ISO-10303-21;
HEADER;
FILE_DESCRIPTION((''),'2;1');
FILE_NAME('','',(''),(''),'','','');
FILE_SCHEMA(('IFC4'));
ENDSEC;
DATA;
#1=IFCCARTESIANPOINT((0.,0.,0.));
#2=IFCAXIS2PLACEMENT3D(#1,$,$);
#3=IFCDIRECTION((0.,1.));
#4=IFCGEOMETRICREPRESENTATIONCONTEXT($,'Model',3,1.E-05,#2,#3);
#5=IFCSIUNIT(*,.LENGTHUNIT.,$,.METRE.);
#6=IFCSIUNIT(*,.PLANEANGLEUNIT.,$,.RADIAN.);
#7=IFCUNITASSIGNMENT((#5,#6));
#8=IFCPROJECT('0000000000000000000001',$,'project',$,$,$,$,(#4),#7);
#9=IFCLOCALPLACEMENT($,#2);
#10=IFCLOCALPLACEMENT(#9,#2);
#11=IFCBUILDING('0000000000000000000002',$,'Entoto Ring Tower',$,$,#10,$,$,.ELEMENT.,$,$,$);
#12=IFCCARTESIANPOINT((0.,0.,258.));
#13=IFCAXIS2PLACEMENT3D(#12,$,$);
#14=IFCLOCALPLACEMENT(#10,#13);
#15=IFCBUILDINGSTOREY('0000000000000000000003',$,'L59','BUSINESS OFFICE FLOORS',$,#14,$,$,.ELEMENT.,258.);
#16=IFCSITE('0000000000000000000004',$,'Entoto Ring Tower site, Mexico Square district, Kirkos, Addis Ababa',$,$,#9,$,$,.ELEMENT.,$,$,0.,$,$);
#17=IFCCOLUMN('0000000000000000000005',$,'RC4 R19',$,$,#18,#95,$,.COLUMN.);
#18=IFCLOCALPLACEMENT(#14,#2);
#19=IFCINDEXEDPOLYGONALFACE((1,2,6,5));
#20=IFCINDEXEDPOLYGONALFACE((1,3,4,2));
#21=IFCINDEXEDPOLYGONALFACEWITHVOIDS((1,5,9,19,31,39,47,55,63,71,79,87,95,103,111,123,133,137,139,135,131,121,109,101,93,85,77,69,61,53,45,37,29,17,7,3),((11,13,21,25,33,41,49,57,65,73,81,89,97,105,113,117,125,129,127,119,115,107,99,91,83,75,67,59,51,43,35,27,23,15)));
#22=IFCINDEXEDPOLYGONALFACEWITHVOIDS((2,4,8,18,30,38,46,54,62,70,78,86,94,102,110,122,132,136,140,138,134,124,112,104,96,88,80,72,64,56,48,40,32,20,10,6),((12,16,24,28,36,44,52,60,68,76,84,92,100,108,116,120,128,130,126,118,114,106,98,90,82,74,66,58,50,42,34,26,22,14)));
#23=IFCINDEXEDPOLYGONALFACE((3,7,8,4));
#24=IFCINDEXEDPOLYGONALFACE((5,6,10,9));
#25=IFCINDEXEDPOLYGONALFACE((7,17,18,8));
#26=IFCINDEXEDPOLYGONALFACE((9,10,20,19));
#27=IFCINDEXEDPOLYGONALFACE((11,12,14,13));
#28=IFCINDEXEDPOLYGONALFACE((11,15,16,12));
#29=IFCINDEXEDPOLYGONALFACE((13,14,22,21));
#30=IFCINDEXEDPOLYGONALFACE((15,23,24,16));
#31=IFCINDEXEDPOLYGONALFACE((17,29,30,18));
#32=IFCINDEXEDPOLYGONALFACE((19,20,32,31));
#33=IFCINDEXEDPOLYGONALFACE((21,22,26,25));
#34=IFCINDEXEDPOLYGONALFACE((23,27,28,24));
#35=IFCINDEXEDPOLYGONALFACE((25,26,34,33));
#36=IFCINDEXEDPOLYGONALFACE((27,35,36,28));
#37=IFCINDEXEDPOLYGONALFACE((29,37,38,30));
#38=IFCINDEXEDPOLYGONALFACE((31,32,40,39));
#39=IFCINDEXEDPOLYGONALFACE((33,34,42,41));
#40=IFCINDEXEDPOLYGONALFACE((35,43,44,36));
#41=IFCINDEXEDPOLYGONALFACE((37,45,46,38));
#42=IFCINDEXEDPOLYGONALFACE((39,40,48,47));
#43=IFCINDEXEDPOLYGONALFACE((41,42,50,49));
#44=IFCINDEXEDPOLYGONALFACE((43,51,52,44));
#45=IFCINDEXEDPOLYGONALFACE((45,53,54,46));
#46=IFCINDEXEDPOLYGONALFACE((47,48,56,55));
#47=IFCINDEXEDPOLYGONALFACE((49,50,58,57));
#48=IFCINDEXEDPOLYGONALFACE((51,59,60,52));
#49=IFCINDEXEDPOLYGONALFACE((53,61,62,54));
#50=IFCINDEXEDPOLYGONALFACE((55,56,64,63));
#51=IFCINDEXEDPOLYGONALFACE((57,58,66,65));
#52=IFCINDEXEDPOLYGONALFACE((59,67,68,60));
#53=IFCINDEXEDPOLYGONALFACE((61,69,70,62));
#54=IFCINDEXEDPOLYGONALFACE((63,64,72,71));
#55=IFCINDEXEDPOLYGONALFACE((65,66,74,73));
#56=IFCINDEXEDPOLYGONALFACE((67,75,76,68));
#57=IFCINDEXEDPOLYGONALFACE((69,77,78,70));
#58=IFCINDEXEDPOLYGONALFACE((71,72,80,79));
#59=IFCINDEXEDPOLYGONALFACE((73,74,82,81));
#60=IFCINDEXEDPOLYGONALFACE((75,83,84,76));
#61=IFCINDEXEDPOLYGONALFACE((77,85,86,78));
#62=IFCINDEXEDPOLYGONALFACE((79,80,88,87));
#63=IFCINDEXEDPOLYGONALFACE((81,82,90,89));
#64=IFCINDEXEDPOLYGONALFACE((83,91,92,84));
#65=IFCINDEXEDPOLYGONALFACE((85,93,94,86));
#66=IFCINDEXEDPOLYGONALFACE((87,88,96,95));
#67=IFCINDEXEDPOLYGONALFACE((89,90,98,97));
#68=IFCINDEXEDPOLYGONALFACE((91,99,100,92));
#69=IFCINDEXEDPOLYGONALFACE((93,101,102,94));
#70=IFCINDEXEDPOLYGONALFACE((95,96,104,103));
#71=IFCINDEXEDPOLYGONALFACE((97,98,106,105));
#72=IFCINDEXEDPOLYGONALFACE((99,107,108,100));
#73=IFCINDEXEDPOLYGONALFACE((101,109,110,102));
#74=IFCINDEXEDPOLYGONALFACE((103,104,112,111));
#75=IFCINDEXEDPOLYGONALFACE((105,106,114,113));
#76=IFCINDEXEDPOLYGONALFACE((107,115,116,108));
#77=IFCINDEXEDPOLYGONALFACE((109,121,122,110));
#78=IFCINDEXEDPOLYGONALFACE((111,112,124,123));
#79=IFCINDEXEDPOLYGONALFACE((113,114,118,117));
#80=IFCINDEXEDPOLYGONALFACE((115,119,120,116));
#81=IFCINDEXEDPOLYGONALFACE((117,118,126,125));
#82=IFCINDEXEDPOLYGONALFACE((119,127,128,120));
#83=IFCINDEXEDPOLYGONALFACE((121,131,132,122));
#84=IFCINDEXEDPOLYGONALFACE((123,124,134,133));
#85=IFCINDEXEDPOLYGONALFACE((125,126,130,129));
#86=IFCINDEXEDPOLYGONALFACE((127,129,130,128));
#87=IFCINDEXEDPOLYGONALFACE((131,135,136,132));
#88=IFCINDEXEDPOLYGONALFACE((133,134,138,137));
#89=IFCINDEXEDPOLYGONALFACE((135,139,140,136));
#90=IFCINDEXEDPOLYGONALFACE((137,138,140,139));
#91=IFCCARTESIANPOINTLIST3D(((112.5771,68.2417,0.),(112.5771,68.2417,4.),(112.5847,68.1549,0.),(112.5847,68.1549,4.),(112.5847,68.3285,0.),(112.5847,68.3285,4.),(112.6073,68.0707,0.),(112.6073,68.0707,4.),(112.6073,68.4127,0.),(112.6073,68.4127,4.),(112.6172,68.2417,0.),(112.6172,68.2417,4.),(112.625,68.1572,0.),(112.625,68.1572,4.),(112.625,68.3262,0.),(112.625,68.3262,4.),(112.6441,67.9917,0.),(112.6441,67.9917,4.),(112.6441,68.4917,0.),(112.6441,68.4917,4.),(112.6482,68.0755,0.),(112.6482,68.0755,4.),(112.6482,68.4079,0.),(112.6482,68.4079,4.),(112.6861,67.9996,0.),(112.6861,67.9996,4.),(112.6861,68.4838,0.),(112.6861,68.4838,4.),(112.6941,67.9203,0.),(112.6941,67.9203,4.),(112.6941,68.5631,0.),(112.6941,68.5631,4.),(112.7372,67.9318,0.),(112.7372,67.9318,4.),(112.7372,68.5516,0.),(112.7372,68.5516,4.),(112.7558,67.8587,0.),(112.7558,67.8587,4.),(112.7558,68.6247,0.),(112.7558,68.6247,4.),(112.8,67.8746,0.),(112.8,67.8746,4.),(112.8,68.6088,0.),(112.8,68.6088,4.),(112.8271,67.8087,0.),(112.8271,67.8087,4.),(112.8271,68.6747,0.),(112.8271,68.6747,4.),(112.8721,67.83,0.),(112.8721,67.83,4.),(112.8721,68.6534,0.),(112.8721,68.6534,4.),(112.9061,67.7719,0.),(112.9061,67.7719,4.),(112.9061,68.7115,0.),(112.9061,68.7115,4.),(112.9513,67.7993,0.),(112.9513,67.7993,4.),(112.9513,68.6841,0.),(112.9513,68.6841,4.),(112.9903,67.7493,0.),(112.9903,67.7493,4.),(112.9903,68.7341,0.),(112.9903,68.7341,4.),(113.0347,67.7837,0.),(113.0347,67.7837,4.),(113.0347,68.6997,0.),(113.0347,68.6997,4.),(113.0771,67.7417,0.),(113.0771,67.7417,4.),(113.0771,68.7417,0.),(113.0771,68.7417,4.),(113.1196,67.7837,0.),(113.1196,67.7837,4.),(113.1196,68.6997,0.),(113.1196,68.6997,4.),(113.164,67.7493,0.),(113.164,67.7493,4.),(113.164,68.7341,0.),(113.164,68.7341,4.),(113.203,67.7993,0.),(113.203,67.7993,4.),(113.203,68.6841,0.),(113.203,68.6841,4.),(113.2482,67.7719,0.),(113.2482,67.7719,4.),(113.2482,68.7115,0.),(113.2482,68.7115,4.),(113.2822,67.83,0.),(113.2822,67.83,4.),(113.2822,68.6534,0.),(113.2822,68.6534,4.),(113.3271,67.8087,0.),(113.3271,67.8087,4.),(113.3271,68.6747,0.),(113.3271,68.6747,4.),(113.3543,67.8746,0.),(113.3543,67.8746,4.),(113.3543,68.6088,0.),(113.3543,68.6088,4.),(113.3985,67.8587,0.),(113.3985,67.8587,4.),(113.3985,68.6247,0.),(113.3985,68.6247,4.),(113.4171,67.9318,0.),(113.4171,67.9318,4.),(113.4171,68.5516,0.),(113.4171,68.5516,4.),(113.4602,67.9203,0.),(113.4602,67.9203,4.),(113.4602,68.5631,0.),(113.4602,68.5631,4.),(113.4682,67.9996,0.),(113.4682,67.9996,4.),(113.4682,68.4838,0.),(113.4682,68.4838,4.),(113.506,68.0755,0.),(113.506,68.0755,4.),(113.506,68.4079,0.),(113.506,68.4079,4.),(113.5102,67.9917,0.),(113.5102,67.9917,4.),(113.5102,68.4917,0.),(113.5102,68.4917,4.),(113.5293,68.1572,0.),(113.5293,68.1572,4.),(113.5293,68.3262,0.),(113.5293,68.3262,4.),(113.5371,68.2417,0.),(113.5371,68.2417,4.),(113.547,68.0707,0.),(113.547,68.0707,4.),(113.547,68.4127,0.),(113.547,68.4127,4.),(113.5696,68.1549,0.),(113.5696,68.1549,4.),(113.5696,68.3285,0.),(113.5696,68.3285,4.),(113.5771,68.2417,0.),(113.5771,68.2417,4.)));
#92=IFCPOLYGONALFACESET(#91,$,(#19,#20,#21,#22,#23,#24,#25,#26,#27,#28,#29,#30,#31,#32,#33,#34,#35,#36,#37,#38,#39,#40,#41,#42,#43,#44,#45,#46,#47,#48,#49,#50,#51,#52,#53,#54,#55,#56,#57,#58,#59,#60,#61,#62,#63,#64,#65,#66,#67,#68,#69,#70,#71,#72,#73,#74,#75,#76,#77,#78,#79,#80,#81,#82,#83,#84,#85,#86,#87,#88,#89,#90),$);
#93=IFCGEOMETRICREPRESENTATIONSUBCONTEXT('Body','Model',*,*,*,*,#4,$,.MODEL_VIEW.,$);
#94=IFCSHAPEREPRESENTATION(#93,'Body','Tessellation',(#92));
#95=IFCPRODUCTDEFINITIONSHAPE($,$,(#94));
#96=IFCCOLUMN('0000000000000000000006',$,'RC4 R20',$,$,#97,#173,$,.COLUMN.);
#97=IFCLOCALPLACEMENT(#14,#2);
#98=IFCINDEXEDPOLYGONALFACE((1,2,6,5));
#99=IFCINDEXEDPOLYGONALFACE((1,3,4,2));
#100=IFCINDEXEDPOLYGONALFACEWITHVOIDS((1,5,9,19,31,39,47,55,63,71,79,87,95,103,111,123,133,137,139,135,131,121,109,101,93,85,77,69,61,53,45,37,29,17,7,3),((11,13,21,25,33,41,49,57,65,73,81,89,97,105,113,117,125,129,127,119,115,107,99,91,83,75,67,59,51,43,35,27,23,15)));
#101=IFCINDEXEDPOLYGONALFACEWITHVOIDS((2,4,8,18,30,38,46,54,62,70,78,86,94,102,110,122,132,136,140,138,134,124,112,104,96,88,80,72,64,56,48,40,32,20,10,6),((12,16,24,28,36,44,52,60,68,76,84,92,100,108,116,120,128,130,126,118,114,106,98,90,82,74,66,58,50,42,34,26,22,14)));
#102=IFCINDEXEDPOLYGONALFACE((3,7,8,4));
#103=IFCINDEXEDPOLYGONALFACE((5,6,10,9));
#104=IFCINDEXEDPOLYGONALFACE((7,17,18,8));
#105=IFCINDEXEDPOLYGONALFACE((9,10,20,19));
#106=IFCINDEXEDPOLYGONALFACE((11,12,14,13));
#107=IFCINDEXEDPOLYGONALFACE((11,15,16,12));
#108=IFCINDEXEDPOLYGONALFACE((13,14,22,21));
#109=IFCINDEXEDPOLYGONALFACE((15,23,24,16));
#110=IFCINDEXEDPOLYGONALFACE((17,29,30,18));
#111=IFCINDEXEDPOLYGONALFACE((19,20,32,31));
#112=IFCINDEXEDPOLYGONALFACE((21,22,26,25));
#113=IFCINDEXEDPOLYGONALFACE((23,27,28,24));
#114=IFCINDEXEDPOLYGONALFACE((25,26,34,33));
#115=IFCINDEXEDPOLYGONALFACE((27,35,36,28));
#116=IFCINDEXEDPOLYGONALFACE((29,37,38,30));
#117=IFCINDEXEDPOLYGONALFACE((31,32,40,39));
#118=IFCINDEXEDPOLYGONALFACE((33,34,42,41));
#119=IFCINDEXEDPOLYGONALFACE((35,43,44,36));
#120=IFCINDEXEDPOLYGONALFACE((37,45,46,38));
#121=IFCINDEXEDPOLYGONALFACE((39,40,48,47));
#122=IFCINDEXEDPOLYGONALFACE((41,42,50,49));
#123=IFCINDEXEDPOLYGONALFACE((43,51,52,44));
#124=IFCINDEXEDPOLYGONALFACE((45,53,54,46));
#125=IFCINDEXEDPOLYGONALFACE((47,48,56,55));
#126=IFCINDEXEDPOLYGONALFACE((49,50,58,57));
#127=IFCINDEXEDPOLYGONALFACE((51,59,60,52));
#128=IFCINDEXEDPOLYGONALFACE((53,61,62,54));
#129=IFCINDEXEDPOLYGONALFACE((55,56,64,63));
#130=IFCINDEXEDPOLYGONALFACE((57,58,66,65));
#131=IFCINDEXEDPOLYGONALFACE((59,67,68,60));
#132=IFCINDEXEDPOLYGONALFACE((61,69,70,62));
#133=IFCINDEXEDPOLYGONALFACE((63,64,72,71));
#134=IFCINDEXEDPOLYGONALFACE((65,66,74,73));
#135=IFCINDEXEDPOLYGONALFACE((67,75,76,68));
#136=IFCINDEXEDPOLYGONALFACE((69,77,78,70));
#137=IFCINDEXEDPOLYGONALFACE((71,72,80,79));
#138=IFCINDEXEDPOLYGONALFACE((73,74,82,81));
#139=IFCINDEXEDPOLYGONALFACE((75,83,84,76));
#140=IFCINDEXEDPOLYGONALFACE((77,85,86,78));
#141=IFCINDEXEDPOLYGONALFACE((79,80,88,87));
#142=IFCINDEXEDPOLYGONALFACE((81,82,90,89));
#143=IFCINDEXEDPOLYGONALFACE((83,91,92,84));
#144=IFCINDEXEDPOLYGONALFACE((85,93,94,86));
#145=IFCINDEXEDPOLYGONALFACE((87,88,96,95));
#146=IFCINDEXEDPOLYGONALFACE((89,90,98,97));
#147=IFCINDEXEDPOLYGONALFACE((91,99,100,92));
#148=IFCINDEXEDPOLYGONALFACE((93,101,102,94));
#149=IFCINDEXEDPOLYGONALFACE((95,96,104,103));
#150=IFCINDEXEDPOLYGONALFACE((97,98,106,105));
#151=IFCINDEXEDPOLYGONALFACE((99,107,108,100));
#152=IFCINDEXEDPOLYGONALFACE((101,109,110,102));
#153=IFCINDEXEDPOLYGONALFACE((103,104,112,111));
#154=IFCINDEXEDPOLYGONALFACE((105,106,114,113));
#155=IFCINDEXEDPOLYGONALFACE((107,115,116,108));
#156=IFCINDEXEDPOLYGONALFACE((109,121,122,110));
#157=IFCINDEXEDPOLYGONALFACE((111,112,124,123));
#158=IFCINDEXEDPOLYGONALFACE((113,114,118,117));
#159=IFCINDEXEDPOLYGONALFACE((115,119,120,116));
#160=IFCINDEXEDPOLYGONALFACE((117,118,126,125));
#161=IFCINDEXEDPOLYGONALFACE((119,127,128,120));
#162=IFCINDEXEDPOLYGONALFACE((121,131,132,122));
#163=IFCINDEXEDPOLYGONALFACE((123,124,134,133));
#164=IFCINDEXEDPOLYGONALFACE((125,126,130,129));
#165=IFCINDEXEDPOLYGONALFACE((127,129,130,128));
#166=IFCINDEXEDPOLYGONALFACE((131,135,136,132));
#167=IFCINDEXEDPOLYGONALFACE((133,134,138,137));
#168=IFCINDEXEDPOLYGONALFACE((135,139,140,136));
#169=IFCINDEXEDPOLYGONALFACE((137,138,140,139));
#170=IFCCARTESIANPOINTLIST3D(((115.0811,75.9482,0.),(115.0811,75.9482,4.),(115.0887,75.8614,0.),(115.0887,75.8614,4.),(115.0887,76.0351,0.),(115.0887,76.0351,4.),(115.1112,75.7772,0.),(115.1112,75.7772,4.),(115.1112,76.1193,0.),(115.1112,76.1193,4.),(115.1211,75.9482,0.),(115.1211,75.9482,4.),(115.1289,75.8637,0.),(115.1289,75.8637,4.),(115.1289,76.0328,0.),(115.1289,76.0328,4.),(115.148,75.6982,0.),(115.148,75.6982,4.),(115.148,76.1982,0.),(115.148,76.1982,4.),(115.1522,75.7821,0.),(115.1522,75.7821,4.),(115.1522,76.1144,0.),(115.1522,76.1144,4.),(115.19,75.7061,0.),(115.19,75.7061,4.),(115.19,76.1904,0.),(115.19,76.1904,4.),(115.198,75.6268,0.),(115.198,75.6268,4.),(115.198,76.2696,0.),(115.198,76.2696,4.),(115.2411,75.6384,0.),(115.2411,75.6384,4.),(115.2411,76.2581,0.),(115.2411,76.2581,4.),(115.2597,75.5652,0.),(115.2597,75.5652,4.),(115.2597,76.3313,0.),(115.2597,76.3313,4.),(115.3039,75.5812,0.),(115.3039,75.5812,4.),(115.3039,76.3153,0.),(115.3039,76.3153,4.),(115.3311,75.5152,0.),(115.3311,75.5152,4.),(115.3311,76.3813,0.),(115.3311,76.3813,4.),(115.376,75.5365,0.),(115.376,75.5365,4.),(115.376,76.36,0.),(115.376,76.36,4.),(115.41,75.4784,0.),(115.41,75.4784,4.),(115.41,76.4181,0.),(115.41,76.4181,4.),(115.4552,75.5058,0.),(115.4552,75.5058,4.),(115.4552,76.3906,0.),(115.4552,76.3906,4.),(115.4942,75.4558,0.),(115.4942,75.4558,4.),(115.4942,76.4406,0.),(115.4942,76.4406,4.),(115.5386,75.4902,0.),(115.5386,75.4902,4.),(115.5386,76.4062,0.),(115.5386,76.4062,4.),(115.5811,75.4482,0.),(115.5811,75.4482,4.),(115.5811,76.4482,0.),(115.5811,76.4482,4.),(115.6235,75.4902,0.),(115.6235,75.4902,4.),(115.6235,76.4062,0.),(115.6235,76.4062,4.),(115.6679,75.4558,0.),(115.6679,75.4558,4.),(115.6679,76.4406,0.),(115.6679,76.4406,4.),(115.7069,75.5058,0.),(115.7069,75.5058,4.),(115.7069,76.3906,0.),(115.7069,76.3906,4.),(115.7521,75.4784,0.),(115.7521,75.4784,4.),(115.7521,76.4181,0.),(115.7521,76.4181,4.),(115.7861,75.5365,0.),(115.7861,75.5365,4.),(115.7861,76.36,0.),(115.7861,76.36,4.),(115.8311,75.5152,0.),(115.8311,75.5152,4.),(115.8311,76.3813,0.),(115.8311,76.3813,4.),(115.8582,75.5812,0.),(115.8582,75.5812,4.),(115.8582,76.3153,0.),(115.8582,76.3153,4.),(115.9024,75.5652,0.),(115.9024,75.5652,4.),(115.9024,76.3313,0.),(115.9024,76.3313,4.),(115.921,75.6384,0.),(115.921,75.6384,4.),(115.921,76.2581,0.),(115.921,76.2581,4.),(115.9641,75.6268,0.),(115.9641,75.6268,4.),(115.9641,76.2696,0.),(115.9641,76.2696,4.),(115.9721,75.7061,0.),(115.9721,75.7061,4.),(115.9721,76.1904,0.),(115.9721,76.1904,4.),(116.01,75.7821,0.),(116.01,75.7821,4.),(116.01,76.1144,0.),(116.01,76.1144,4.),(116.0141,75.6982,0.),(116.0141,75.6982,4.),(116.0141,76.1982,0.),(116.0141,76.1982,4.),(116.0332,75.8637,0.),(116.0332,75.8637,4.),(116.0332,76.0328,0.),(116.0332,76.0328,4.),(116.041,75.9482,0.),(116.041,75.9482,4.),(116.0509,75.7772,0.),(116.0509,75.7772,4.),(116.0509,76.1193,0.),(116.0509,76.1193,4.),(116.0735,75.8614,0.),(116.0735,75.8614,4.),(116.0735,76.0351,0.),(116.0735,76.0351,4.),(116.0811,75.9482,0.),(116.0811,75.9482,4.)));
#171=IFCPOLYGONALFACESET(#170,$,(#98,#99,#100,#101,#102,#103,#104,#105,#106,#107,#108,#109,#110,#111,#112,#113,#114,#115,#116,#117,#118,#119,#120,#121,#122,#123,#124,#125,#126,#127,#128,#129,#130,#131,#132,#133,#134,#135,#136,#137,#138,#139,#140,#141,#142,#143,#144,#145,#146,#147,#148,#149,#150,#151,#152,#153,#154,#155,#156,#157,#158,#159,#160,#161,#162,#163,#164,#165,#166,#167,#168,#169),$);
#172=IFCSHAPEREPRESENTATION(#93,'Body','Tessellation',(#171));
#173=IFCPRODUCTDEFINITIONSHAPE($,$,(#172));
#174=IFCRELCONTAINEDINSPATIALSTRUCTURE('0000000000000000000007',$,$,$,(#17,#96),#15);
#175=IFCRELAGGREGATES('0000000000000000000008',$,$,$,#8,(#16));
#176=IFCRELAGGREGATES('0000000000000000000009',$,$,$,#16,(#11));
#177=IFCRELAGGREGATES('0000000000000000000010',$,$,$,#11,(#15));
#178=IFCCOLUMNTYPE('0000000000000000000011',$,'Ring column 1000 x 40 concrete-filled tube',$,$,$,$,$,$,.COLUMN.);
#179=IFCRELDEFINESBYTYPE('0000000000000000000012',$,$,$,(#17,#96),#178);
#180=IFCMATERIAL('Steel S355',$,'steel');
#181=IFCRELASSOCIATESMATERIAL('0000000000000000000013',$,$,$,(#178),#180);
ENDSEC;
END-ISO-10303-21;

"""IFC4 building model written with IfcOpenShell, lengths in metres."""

from ifc_helpers import new_model, si_unit, direction, frame, origin, origin_2d, place, context, subcontext, project, spatial, circle, hollow_circle, extrude, material, material_profile, profile_set, type_object, element, save


model = new_model("IFC4")

# Units and contexts
model_context = context("Model", 3, precision=1e-05, world=origin(), true_north=direction((0.0, 1.0)))
body_context = subcontext(model_context, "Body", "Model", "MODEL_VIEW")
ifc_project = project(units=[si_unit("LENGTHUNIT", "METRE"), si_unit("PLANEANGLEUNIT", "RADIAN")], contexts=[model_context])

# Site, building, storey
site_placement = place(None, origin())
site = spatial("IfcSite", under=ifc_project, at=site_placement, Name="Entoto Ring Tower site, Mexico Square district, Kirkos, Addis Ababa", CompositionType="ELEMENT", RefElevation=0.0)
building_placement = place(site_placement, origin())
building = spatial("IfcBuilding", under=site, at=building_placement, Name="Entoto Ring Tower", CompositionType="ELEMENT")
storey_placement = place(building_placement, frame((0.0, 0.0, 258.0)))
storey = spatial("IfcBuildingStorey", under=building, at=storey_placement, Name="L59", Description="BUSINESS OFFICE FLOORS", CompositionType="ELEMENT", Elevation=258.0)

# Columns
ifc_material_1 = material(Name="Steel S355", Category="steel")
ifc_material_profile_1 = material_profile(ifc_material_1, hollow_circle(Radius=0.5, WallThickness=0.04, at=origin_2d()), Name="CHS 1000 x 40")
ifc_material_2 = material(Name="Concrete C60/75", Category="concrete")
ifc_material_profile_2 = material_profile(ifc_material_2, circle(Radius=0.46, at=origin_2d()), Name="Concrete C60/75 infill")
ifc_profile_set_1 = profile_set([ifc_material_profile_1, ifc_material_profile_2], Name="Steel S355")
column_type = type_object("IfcColumnType", Name="Ring column 1000 x 40 concrete-filled tube", PredefinedType="COLUMN", material=ifc_profile_set_1)
for number, where, z_axis, x_axis, name in (
    (1, (113.0771, 68.2417, 0.0), (0.0, 0.0, 1.0), (1.0, 0.0, 0.0), "RC4 R19"),
    (2, (115.5811, 75.9482, 0.0), (0.0, 0.0, 1.0), (1.0, 0.0, 0.0), "RC4 R20"),
):
    element("IfcColumn", number, at=place(storey_placement, frame(where, z_axis=z_axis, x_axis=x_axis)), inside=storey, type_object=column_type, Name=name, PredefinedType="COLUMN", context=body_context, shape_type="SweptSolid", body=[
        extrude(hollow_circle(Radius=0.5, WallThickness=0.04, at=origin_2d()), origin(), (0.0, 0.0, 1.0), 4.0),
    ])

save(model, "model.ifc")
